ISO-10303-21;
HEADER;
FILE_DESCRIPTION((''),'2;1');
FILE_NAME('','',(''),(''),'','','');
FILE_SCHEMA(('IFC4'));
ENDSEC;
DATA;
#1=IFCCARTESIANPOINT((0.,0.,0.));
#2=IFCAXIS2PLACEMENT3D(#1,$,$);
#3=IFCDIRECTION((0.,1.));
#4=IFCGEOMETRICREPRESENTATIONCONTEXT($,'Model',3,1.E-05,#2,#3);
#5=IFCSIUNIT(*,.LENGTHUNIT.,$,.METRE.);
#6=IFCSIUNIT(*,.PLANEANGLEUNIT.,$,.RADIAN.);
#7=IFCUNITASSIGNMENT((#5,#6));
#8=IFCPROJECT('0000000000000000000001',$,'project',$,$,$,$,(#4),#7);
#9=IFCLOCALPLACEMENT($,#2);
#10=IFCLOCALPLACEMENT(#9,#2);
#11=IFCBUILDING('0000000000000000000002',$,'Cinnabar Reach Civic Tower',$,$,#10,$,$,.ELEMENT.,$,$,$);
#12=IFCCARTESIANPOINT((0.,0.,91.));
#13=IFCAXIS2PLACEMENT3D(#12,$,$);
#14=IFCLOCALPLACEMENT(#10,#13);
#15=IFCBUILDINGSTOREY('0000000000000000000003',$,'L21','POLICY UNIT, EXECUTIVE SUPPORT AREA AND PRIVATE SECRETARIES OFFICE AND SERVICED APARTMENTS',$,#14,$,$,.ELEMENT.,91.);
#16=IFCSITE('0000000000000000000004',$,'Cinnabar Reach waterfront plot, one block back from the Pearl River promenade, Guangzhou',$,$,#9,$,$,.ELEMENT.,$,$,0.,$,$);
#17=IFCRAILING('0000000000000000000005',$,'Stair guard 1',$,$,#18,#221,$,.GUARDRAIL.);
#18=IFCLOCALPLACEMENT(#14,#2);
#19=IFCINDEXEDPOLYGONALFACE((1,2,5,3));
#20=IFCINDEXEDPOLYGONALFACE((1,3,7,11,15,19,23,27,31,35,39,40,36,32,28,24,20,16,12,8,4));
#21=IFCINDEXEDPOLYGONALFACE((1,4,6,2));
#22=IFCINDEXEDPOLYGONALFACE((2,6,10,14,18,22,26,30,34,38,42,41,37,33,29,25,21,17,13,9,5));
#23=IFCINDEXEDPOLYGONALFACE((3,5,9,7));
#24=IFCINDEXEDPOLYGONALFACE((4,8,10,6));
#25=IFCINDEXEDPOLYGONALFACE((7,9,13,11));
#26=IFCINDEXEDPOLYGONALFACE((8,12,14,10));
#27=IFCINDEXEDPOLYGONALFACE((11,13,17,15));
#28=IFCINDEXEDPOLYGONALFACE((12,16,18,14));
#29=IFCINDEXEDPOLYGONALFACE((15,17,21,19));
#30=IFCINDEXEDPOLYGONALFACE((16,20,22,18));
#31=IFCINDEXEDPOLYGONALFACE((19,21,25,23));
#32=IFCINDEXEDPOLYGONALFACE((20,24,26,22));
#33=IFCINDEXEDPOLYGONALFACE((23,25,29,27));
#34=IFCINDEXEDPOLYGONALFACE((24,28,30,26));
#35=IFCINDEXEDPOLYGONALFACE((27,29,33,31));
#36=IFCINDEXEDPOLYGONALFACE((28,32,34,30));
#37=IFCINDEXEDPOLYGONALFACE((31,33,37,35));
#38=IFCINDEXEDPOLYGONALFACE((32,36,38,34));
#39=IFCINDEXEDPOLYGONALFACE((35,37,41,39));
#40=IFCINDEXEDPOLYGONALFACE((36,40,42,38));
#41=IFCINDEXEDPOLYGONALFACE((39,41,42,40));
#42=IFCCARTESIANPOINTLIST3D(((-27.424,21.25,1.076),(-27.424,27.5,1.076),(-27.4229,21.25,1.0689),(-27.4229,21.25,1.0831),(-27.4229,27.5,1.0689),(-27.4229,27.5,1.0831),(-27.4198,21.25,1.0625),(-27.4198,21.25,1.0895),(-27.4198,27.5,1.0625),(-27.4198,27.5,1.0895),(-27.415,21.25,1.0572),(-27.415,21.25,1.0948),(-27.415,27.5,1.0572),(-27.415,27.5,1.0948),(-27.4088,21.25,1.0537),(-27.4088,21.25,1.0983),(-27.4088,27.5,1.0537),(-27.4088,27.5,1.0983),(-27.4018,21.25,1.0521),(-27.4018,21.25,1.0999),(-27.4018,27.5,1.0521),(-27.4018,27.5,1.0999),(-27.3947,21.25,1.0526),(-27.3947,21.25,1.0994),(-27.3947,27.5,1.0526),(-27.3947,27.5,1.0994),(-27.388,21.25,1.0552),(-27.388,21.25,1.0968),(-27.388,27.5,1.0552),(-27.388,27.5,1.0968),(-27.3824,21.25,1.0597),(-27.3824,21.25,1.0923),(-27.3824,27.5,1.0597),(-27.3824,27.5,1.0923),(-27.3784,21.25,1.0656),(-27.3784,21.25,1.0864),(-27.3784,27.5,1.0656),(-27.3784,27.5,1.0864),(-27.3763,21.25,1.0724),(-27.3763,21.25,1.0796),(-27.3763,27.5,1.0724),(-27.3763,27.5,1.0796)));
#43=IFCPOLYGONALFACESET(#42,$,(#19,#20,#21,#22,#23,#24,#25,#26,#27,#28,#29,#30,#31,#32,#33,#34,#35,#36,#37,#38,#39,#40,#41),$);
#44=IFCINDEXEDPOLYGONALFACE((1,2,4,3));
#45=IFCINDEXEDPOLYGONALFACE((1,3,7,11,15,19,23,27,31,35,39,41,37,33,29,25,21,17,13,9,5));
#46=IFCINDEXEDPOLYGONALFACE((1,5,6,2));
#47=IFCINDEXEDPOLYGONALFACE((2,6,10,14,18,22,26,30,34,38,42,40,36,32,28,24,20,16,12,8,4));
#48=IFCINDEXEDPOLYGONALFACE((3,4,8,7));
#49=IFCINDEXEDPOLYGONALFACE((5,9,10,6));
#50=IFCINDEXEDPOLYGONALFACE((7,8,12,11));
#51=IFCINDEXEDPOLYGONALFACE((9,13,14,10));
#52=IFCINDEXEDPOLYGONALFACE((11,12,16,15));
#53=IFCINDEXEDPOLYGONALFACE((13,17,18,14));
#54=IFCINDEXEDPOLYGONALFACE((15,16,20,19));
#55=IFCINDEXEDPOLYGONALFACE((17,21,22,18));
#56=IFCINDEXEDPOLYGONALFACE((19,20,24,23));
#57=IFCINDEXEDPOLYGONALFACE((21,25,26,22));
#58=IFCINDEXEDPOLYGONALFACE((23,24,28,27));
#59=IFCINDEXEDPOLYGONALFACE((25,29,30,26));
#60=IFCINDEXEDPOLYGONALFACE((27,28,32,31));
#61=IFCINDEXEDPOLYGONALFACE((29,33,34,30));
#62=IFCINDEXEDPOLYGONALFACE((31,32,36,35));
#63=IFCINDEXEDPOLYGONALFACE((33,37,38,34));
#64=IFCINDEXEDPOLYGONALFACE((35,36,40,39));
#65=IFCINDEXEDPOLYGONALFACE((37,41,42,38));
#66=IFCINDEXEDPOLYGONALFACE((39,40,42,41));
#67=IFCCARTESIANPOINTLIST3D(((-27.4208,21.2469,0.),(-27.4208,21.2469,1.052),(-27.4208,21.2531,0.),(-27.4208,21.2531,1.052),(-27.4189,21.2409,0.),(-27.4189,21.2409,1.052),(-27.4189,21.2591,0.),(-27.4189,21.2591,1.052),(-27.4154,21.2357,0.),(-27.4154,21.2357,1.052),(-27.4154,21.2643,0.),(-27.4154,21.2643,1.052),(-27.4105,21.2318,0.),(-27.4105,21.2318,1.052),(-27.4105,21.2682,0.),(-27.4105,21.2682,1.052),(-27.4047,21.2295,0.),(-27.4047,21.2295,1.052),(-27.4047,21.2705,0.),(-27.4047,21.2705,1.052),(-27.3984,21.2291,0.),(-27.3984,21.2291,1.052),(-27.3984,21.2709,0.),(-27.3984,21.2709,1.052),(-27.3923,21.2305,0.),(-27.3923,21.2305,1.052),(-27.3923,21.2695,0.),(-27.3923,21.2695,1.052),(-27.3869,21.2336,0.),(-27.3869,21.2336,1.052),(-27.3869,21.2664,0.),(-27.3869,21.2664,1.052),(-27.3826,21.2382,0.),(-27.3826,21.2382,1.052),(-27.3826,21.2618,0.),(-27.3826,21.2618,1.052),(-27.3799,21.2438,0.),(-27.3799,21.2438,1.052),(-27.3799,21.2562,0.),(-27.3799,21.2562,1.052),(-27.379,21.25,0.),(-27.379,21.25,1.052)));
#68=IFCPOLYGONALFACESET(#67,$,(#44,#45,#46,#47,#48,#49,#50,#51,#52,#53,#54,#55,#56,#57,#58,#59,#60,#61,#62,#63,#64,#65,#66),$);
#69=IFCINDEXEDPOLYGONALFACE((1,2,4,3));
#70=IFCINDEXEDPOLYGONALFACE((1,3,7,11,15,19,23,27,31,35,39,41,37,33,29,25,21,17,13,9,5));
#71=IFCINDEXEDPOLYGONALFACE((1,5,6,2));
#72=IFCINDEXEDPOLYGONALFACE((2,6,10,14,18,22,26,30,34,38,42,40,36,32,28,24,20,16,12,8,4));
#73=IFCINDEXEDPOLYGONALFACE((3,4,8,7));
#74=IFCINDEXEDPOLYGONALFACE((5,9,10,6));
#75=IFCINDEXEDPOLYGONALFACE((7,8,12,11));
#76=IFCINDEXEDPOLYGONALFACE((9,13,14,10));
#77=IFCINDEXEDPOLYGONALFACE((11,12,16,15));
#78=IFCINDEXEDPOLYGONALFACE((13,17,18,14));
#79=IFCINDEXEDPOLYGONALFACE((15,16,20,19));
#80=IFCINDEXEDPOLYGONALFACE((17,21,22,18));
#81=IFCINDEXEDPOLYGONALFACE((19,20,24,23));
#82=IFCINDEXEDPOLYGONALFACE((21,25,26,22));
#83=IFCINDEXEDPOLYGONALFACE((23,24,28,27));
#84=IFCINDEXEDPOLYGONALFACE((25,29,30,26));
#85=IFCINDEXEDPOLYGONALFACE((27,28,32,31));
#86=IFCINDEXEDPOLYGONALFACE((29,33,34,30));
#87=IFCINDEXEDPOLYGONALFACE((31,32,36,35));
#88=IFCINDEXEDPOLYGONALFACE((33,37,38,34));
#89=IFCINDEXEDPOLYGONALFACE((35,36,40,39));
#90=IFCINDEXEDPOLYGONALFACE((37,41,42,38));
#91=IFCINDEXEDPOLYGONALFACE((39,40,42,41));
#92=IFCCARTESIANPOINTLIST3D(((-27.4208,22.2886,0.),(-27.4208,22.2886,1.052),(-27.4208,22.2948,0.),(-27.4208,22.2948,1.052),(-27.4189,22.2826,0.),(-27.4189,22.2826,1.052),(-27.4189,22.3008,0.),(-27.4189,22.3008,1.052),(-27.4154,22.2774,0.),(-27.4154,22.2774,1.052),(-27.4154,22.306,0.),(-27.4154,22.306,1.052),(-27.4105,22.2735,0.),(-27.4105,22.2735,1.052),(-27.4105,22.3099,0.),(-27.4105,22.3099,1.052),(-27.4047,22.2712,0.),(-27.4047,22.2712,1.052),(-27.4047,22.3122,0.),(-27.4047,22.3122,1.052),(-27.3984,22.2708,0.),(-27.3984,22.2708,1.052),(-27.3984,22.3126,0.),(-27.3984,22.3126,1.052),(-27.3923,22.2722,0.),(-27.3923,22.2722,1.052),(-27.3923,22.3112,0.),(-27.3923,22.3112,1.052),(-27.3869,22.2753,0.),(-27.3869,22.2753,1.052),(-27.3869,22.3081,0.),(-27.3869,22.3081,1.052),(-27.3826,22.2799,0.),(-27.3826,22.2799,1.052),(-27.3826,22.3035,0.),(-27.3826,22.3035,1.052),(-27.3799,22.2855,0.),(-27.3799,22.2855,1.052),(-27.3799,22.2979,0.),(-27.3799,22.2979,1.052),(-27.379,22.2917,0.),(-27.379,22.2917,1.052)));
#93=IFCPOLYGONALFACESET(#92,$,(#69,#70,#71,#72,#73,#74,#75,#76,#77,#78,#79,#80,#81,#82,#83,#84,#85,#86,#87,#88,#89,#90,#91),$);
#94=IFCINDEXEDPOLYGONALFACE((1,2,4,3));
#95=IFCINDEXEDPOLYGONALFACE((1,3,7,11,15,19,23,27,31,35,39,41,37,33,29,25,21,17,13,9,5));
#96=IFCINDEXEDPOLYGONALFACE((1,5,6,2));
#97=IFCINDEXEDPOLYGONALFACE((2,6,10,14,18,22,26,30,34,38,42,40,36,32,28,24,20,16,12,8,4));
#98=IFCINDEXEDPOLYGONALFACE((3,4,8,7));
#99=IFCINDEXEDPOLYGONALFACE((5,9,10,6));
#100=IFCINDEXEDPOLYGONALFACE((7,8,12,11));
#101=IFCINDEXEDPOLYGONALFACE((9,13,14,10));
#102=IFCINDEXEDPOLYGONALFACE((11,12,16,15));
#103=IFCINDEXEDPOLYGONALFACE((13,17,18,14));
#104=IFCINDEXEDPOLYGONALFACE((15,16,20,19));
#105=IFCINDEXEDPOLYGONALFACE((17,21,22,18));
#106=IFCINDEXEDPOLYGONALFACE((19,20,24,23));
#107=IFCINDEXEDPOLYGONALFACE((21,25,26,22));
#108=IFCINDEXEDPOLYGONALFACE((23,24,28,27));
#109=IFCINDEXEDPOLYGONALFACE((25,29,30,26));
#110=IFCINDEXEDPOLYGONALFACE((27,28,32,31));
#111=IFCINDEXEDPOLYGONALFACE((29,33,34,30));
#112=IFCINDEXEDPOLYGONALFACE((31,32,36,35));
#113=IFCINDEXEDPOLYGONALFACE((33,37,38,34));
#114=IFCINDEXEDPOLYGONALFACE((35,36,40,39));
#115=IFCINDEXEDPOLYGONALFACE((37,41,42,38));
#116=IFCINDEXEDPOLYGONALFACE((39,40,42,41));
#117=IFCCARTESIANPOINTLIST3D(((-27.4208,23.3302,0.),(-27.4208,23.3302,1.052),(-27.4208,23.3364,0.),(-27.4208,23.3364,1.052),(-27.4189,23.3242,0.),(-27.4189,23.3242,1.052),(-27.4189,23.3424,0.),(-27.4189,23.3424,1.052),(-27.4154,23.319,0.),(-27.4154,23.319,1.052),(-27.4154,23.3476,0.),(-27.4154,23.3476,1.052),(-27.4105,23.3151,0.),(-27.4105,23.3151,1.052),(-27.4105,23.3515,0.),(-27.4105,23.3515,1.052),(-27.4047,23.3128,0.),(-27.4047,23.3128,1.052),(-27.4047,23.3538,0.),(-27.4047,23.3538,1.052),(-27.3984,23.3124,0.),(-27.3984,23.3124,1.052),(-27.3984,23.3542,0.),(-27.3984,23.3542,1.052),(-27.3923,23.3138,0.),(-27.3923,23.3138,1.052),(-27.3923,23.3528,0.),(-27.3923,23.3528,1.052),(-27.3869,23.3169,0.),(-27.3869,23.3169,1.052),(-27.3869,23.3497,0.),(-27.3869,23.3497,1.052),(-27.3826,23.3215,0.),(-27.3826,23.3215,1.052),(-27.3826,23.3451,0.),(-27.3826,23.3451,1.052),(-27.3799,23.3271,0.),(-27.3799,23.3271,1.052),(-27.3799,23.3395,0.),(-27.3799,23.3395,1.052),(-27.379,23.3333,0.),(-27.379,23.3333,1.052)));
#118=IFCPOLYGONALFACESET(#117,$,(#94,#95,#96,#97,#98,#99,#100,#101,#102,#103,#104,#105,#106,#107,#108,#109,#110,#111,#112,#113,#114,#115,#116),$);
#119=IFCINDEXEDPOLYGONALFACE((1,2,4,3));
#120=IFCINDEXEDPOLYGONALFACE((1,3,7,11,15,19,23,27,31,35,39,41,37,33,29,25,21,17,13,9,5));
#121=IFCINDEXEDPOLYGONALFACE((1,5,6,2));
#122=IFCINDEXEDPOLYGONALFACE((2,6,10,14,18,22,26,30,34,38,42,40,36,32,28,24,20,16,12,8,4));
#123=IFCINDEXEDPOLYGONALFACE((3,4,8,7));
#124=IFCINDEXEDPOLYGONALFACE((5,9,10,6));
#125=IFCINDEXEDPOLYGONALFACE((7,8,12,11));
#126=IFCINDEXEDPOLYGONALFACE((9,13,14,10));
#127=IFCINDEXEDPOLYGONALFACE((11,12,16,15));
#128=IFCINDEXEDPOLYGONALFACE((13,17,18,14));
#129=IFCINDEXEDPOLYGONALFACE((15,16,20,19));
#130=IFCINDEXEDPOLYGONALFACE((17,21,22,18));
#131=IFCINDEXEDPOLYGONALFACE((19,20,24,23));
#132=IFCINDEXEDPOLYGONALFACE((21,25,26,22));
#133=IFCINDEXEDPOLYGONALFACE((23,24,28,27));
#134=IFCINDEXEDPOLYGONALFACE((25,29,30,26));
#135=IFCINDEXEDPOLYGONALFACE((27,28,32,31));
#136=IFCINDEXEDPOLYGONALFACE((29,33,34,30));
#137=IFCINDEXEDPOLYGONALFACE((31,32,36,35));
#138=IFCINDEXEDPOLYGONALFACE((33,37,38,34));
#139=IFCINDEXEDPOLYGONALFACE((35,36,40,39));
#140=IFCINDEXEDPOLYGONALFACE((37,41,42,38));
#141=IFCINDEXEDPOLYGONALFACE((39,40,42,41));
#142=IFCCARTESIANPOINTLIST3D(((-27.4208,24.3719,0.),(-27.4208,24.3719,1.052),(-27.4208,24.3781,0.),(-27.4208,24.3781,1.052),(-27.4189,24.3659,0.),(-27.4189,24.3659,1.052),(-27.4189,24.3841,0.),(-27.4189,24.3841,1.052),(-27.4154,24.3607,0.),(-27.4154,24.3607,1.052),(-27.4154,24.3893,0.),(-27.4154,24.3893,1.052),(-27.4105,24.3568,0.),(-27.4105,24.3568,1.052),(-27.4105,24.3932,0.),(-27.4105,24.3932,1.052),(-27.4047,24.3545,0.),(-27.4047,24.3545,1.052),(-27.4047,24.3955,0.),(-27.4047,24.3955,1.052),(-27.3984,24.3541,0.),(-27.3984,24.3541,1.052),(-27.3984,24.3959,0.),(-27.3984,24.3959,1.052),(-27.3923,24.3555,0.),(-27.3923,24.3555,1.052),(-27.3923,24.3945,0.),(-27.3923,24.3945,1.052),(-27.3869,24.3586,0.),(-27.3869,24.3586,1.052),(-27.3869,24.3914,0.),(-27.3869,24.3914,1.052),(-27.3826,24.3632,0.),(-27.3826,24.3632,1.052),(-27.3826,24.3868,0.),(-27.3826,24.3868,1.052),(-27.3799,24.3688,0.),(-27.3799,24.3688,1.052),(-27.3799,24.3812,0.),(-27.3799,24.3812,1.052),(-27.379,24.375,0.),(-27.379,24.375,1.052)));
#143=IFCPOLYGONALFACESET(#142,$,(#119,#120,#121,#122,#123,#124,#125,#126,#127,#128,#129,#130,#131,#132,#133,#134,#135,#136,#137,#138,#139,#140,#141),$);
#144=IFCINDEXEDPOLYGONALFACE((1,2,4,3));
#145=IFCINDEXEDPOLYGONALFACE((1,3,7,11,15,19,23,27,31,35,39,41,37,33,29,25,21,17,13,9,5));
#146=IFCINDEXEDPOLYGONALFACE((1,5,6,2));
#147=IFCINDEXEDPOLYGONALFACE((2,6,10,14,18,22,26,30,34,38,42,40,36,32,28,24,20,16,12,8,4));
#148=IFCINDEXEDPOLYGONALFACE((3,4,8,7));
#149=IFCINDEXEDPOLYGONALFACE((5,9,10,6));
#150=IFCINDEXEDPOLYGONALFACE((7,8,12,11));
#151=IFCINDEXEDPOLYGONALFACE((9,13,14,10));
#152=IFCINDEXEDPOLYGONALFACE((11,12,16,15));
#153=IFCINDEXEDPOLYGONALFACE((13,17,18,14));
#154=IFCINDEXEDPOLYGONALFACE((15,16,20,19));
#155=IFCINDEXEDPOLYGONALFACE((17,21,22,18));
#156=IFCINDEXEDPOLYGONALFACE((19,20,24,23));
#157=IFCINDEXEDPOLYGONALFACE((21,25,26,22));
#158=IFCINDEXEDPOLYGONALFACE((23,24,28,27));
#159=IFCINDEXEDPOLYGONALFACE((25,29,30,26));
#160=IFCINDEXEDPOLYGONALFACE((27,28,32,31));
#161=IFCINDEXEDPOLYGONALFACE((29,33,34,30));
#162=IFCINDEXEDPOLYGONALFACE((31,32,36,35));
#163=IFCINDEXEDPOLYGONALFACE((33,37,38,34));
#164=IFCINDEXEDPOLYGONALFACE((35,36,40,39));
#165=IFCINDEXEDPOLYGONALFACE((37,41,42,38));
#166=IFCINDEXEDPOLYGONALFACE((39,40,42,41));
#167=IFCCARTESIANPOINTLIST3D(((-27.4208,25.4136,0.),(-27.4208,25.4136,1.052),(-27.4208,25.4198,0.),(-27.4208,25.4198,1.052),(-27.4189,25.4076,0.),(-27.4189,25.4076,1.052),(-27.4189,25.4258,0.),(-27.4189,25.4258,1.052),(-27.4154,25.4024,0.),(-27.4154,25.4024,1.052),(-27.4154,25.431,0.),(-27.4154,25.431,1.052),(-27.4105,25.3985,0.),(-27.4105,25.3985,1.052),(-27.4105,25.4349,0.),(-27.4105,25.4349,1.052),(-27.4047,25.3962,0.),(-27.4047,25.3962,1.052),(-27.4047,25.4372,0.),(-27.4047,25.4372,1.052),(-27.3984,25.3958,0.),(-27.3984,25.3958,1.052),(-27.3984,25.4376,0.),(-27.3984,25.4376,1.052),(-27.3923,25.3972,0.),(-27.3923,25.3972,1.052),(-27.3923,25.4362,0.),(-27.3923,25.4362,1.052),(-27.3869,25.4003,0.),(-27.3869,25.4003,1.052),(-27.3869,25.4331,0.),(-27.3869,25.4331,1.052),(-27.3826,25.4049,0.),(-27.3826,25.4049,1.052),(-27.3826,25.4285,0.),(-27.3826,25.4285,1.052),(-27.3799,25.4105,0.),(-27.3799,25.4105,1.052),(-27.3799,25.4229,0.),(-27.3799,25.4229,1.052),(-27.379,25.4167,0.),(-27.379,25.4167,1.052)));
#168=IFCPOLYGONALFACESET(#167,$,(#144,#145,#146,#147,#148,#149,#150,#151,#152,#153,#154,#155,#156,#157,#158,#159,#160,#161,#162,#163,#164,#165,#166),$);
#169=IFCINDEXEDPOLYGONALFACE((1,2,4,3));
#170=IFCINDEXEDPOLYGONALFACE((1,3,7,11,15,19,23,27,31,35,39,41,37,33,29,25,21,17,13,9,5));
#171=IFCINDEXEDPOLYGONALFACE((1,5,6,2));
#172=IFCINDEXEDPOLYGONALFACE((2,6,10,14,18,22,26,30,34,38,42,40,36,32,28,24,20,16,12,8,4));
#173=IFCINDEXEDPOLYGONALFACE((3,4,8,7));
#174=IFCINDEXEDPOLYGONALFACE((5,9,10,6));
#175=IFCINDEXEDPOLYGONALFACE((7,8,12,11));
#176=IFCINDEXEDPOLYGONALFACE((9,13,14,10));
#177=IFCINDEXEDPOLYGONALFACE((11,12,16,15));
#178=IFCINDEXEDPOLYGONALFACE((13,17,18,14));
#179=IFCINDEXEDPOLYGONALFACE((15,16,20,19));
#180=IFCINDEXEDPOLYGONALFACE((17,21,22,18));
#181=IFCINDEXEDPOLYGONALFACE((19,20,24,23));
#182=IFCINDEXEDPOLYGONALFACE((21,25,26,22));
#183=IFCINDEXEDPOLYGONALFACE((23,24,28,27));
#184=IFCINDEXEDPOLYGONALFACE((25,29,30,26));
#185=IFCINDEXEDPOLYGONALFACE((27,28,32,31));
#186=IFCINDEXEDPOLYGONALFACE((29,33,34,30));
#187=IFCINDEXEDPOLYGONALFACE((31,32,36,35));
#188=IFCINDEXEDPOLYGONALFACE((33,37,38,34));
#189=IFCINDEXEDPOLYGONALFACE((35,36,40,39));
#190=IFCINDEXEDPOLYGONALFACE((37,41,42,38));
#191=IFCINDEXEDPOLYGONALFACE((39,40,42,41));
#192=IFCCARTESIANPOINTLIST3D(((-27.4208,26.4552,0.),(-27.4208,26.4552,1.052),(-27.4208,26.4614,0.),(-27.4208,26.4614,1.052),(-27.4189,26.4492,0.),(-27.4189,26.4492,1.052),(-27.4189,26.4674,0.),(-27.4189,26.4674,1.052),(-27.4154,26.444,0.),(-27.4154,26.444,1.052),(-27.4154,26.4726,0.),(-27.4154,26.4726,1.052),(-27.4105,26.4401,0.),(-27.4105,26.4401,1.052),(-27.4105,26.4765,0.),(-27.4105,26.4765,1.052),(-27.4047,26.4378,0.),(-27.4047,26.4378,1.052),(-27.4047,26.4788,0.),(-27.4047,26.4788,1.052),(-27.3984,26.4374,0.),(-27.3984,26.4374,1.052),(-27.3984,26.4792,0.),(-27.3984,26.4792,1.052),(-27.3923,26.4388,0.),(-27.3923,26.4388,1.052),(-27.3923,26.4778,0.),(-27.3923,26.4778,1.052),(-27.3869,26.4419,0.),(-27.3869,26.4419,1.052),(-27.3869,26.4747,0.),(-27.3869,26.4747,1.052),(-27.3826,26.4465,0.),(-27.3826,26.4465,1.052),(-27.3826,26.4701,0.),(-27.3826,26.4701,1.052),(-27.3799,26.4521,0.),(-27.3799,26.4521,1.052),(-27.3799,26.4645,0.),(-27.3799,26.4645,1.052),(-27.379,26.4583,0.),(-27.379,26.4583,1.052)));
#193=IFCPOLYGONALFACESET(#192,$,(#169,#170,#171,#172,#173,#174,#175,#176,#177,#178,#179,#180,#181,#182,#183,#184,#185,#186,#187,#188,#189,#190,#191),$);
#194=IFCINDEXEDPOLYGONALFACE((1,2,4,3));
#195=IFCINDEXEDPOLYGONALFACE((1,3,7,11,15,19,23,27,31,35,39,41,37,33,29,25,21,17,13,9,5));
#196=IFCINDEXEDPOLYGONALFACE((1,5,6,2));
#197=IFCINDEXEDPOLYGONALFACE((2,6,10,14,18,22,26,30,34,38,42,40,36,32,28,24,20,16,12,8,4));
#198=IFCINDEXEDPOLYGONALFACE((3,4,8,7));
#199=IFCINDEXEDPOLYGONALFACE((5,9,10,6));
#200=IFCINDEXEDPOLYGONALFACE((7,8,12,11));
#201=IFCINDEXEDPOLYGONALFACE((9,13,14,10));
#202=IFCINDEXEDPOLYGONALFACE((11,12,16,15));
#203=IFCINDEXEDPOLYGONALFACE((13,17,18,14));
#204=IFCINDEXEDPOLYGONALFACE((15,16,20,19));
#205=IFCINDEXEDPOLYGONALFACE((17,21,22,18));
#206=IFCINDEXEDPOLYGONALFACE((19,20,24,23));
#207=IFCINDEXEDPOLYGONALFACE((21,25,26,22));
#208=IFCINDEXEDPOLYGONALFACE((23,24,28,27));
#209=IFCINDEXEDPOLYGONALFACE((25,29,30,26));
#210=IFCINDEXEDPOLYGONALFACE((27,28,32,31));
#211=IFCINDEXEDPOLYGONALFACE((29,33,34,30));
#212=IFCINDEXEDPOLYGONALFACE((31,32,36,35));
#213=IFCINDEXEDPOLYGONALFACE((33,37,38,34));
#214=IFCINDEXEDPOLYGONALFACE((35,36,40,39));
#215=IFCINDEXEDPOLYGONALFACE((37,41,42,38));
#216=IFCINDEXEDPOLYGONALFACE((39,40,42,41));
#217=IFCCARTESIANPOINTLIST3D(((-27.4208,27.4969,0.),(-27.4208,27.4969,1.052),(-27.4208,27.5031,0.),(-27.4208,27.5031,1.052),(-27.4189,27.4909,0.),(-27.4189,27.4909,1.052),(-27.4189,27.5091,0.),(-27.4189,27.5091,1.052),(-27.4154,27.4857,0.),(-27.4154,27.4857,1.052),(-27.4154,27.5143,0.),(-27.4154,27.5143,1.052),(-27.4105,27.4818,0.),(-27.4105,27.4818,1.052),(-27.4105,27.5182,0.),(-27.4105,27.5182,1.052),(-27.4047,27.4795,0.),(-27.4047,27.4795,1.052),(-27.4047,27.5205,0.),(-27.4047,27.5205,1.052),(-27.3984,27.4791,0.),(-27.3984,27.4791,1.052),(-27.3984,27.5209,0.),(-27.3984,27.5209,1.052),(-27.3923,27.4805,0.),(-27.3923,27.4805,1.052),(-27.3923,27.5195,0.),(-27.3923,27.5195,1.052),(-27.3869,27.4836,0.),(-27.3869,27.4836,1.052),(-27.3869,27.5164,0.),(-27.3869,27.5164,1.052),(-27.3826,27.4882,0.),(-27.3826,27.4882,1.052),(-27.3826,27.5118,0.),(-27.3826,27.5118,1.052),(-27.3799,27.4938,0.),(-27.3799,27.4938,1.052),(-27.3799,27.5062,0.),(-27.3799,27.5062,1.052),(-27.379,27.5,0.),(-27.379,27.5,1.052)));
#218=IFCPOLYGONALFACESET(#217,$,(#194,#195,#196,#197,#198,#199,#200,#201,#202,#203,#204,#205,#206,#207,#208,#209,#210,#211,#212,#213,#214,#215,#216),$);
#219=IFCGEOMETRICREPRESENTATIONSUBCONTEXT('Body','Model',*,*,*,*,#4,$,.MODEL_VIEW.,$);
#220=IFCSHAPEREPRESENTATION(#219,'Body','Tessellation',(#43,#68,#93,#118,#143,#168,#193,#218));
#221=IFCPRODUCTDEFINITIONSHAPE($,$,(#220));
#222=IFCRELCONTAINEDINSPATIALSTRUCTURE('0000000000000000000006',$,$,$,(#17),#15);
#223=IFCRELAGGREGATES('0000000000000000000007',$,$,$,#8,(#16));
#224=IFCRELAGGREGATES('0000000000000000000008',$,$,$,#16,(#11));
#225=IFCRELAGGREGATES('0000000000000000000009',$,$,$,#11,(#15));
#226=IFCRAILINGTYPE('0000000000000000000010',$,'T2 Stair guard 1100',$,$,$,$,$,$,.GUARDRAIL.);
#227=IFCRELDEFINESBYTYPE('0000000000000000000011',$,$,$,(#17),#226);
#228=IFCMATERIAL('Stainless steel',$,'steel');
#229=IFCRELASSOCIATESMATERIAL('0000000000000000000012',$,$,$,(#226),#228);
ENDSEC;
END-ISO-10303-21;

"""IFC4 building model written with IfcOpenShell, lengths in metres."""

from ifc_helpers import new_model, si_unit, direction, frame, origin, origin_2d, place, context, subcontext, project, spatial, circle, extrude, material, type_object, element, save


model = new_model("IFC4")

# Units and contexts
model_context = context("Model", 3, precision=1e-05, world=origin(), true_north=direction((0.0, 1.0)))
body_context = subcontext(model_context, "Body", "Model", "MODEL_VIEW")
ifc_project = project(units=[si_unit("LENGTHUNIT", "METRE"), si_unit("PLANEANGLEUNIT", "RADIAN")], contexts=[model_context])

# Site, building, storey
site_placement = place(None, origin())
site = spatial("IfcSite", under=ifc_project, at=site_placement, Name="Cinnabar Reach waterfront plot, one block back from the Pearl River promenade, Guangzhou", CompositionType="ELEMENT", RefElevation=0.0)
building_placement = place(site_placement, origin())
building = spatial("IfcBuilding", under=site, at=building_placement, Name="Cinnabar Reach Civic Tower", CompositionType="ELEMENT")
storey_placement = place(building_placement, frame((0.0, 0.0, 91.0)))
storey = spatial("IfcBuildingStorey", under=building, at=storey_placement, Name="L21", Description="POLICY UNIT, EXECUTIVE SUPPORT AREA AND PRIVATE SECRETARIES OFFICE AND SERVICED APARTMENTS", CompositionType="ELEMENT", Elevation=91.0)

# Railing
ifc_material_1 = material(Name="Stainless steel", Category="steel")
railing_type = type_object("IfcRailingType", Name="T2 Stair guard 1100", PredefinedType="GUARDRAIL", material=ifc_material_1)
for number, where, name in (
    (1, (-27.4, 21.25, 0.0), "Stair guard 1"),
):
    element("IfcRailing", number, at=place(storey_placement, frame(where)), inside=storey, type_object=railing_type, Name=name, PredefinedType="GUARDRAIL", context=body_context, shape_type="SweptSolid", body=[
        extrude(circle(Radius=0.024, at=origin_2d()), frame((0.0, 0.0, 1.076), z_axis=(0.0, 1.0, 0.0), x_axis=(-1.0, 0.0, 0.0)), (0.0, 0.0, 1.0), 6.25),
        extrude(circle(Radius=0.021, at=origin_2d()), origin(), (0.0, 0.0, 1.0), 1.052),
        extrude(circle(Radius=0.021, at=origin_2d()), frame((0.0, 1.0417, 0.0)), (0.0, 0.0, 1.0), 1.052),
        extrude(circle(Radius=0.021, at=origin_2d()), frame((0.0, 2.0833, 0.0)), (0.0, 0.0, 1.0), 1.052),
        extrude(circle(Radius=0.021, at=origin_2d()), frame((0.0, 3.125, 0.0)), (0.0, 0.0, 1.0), 1.052),
        extrude(circle(Radius=0.021, at=origin_2d()), frame((0.0, 4.1667, 0.0)), (0.0, 0.0, 1.0), 1.052),
        extrude(circle(Radius=0.021, at=origin_2d()), frame((0.0, 5.2083, 0.0)), (0.0, 0.0, 1.0), 1.052),
        extrude(circle(Radius=0.021, at=origin_2d()), frame((0.0, 6.25, 0.0)), (0.0, 0.0, 1.0), 1.052),
    ])

save(model, "model.ifc")
